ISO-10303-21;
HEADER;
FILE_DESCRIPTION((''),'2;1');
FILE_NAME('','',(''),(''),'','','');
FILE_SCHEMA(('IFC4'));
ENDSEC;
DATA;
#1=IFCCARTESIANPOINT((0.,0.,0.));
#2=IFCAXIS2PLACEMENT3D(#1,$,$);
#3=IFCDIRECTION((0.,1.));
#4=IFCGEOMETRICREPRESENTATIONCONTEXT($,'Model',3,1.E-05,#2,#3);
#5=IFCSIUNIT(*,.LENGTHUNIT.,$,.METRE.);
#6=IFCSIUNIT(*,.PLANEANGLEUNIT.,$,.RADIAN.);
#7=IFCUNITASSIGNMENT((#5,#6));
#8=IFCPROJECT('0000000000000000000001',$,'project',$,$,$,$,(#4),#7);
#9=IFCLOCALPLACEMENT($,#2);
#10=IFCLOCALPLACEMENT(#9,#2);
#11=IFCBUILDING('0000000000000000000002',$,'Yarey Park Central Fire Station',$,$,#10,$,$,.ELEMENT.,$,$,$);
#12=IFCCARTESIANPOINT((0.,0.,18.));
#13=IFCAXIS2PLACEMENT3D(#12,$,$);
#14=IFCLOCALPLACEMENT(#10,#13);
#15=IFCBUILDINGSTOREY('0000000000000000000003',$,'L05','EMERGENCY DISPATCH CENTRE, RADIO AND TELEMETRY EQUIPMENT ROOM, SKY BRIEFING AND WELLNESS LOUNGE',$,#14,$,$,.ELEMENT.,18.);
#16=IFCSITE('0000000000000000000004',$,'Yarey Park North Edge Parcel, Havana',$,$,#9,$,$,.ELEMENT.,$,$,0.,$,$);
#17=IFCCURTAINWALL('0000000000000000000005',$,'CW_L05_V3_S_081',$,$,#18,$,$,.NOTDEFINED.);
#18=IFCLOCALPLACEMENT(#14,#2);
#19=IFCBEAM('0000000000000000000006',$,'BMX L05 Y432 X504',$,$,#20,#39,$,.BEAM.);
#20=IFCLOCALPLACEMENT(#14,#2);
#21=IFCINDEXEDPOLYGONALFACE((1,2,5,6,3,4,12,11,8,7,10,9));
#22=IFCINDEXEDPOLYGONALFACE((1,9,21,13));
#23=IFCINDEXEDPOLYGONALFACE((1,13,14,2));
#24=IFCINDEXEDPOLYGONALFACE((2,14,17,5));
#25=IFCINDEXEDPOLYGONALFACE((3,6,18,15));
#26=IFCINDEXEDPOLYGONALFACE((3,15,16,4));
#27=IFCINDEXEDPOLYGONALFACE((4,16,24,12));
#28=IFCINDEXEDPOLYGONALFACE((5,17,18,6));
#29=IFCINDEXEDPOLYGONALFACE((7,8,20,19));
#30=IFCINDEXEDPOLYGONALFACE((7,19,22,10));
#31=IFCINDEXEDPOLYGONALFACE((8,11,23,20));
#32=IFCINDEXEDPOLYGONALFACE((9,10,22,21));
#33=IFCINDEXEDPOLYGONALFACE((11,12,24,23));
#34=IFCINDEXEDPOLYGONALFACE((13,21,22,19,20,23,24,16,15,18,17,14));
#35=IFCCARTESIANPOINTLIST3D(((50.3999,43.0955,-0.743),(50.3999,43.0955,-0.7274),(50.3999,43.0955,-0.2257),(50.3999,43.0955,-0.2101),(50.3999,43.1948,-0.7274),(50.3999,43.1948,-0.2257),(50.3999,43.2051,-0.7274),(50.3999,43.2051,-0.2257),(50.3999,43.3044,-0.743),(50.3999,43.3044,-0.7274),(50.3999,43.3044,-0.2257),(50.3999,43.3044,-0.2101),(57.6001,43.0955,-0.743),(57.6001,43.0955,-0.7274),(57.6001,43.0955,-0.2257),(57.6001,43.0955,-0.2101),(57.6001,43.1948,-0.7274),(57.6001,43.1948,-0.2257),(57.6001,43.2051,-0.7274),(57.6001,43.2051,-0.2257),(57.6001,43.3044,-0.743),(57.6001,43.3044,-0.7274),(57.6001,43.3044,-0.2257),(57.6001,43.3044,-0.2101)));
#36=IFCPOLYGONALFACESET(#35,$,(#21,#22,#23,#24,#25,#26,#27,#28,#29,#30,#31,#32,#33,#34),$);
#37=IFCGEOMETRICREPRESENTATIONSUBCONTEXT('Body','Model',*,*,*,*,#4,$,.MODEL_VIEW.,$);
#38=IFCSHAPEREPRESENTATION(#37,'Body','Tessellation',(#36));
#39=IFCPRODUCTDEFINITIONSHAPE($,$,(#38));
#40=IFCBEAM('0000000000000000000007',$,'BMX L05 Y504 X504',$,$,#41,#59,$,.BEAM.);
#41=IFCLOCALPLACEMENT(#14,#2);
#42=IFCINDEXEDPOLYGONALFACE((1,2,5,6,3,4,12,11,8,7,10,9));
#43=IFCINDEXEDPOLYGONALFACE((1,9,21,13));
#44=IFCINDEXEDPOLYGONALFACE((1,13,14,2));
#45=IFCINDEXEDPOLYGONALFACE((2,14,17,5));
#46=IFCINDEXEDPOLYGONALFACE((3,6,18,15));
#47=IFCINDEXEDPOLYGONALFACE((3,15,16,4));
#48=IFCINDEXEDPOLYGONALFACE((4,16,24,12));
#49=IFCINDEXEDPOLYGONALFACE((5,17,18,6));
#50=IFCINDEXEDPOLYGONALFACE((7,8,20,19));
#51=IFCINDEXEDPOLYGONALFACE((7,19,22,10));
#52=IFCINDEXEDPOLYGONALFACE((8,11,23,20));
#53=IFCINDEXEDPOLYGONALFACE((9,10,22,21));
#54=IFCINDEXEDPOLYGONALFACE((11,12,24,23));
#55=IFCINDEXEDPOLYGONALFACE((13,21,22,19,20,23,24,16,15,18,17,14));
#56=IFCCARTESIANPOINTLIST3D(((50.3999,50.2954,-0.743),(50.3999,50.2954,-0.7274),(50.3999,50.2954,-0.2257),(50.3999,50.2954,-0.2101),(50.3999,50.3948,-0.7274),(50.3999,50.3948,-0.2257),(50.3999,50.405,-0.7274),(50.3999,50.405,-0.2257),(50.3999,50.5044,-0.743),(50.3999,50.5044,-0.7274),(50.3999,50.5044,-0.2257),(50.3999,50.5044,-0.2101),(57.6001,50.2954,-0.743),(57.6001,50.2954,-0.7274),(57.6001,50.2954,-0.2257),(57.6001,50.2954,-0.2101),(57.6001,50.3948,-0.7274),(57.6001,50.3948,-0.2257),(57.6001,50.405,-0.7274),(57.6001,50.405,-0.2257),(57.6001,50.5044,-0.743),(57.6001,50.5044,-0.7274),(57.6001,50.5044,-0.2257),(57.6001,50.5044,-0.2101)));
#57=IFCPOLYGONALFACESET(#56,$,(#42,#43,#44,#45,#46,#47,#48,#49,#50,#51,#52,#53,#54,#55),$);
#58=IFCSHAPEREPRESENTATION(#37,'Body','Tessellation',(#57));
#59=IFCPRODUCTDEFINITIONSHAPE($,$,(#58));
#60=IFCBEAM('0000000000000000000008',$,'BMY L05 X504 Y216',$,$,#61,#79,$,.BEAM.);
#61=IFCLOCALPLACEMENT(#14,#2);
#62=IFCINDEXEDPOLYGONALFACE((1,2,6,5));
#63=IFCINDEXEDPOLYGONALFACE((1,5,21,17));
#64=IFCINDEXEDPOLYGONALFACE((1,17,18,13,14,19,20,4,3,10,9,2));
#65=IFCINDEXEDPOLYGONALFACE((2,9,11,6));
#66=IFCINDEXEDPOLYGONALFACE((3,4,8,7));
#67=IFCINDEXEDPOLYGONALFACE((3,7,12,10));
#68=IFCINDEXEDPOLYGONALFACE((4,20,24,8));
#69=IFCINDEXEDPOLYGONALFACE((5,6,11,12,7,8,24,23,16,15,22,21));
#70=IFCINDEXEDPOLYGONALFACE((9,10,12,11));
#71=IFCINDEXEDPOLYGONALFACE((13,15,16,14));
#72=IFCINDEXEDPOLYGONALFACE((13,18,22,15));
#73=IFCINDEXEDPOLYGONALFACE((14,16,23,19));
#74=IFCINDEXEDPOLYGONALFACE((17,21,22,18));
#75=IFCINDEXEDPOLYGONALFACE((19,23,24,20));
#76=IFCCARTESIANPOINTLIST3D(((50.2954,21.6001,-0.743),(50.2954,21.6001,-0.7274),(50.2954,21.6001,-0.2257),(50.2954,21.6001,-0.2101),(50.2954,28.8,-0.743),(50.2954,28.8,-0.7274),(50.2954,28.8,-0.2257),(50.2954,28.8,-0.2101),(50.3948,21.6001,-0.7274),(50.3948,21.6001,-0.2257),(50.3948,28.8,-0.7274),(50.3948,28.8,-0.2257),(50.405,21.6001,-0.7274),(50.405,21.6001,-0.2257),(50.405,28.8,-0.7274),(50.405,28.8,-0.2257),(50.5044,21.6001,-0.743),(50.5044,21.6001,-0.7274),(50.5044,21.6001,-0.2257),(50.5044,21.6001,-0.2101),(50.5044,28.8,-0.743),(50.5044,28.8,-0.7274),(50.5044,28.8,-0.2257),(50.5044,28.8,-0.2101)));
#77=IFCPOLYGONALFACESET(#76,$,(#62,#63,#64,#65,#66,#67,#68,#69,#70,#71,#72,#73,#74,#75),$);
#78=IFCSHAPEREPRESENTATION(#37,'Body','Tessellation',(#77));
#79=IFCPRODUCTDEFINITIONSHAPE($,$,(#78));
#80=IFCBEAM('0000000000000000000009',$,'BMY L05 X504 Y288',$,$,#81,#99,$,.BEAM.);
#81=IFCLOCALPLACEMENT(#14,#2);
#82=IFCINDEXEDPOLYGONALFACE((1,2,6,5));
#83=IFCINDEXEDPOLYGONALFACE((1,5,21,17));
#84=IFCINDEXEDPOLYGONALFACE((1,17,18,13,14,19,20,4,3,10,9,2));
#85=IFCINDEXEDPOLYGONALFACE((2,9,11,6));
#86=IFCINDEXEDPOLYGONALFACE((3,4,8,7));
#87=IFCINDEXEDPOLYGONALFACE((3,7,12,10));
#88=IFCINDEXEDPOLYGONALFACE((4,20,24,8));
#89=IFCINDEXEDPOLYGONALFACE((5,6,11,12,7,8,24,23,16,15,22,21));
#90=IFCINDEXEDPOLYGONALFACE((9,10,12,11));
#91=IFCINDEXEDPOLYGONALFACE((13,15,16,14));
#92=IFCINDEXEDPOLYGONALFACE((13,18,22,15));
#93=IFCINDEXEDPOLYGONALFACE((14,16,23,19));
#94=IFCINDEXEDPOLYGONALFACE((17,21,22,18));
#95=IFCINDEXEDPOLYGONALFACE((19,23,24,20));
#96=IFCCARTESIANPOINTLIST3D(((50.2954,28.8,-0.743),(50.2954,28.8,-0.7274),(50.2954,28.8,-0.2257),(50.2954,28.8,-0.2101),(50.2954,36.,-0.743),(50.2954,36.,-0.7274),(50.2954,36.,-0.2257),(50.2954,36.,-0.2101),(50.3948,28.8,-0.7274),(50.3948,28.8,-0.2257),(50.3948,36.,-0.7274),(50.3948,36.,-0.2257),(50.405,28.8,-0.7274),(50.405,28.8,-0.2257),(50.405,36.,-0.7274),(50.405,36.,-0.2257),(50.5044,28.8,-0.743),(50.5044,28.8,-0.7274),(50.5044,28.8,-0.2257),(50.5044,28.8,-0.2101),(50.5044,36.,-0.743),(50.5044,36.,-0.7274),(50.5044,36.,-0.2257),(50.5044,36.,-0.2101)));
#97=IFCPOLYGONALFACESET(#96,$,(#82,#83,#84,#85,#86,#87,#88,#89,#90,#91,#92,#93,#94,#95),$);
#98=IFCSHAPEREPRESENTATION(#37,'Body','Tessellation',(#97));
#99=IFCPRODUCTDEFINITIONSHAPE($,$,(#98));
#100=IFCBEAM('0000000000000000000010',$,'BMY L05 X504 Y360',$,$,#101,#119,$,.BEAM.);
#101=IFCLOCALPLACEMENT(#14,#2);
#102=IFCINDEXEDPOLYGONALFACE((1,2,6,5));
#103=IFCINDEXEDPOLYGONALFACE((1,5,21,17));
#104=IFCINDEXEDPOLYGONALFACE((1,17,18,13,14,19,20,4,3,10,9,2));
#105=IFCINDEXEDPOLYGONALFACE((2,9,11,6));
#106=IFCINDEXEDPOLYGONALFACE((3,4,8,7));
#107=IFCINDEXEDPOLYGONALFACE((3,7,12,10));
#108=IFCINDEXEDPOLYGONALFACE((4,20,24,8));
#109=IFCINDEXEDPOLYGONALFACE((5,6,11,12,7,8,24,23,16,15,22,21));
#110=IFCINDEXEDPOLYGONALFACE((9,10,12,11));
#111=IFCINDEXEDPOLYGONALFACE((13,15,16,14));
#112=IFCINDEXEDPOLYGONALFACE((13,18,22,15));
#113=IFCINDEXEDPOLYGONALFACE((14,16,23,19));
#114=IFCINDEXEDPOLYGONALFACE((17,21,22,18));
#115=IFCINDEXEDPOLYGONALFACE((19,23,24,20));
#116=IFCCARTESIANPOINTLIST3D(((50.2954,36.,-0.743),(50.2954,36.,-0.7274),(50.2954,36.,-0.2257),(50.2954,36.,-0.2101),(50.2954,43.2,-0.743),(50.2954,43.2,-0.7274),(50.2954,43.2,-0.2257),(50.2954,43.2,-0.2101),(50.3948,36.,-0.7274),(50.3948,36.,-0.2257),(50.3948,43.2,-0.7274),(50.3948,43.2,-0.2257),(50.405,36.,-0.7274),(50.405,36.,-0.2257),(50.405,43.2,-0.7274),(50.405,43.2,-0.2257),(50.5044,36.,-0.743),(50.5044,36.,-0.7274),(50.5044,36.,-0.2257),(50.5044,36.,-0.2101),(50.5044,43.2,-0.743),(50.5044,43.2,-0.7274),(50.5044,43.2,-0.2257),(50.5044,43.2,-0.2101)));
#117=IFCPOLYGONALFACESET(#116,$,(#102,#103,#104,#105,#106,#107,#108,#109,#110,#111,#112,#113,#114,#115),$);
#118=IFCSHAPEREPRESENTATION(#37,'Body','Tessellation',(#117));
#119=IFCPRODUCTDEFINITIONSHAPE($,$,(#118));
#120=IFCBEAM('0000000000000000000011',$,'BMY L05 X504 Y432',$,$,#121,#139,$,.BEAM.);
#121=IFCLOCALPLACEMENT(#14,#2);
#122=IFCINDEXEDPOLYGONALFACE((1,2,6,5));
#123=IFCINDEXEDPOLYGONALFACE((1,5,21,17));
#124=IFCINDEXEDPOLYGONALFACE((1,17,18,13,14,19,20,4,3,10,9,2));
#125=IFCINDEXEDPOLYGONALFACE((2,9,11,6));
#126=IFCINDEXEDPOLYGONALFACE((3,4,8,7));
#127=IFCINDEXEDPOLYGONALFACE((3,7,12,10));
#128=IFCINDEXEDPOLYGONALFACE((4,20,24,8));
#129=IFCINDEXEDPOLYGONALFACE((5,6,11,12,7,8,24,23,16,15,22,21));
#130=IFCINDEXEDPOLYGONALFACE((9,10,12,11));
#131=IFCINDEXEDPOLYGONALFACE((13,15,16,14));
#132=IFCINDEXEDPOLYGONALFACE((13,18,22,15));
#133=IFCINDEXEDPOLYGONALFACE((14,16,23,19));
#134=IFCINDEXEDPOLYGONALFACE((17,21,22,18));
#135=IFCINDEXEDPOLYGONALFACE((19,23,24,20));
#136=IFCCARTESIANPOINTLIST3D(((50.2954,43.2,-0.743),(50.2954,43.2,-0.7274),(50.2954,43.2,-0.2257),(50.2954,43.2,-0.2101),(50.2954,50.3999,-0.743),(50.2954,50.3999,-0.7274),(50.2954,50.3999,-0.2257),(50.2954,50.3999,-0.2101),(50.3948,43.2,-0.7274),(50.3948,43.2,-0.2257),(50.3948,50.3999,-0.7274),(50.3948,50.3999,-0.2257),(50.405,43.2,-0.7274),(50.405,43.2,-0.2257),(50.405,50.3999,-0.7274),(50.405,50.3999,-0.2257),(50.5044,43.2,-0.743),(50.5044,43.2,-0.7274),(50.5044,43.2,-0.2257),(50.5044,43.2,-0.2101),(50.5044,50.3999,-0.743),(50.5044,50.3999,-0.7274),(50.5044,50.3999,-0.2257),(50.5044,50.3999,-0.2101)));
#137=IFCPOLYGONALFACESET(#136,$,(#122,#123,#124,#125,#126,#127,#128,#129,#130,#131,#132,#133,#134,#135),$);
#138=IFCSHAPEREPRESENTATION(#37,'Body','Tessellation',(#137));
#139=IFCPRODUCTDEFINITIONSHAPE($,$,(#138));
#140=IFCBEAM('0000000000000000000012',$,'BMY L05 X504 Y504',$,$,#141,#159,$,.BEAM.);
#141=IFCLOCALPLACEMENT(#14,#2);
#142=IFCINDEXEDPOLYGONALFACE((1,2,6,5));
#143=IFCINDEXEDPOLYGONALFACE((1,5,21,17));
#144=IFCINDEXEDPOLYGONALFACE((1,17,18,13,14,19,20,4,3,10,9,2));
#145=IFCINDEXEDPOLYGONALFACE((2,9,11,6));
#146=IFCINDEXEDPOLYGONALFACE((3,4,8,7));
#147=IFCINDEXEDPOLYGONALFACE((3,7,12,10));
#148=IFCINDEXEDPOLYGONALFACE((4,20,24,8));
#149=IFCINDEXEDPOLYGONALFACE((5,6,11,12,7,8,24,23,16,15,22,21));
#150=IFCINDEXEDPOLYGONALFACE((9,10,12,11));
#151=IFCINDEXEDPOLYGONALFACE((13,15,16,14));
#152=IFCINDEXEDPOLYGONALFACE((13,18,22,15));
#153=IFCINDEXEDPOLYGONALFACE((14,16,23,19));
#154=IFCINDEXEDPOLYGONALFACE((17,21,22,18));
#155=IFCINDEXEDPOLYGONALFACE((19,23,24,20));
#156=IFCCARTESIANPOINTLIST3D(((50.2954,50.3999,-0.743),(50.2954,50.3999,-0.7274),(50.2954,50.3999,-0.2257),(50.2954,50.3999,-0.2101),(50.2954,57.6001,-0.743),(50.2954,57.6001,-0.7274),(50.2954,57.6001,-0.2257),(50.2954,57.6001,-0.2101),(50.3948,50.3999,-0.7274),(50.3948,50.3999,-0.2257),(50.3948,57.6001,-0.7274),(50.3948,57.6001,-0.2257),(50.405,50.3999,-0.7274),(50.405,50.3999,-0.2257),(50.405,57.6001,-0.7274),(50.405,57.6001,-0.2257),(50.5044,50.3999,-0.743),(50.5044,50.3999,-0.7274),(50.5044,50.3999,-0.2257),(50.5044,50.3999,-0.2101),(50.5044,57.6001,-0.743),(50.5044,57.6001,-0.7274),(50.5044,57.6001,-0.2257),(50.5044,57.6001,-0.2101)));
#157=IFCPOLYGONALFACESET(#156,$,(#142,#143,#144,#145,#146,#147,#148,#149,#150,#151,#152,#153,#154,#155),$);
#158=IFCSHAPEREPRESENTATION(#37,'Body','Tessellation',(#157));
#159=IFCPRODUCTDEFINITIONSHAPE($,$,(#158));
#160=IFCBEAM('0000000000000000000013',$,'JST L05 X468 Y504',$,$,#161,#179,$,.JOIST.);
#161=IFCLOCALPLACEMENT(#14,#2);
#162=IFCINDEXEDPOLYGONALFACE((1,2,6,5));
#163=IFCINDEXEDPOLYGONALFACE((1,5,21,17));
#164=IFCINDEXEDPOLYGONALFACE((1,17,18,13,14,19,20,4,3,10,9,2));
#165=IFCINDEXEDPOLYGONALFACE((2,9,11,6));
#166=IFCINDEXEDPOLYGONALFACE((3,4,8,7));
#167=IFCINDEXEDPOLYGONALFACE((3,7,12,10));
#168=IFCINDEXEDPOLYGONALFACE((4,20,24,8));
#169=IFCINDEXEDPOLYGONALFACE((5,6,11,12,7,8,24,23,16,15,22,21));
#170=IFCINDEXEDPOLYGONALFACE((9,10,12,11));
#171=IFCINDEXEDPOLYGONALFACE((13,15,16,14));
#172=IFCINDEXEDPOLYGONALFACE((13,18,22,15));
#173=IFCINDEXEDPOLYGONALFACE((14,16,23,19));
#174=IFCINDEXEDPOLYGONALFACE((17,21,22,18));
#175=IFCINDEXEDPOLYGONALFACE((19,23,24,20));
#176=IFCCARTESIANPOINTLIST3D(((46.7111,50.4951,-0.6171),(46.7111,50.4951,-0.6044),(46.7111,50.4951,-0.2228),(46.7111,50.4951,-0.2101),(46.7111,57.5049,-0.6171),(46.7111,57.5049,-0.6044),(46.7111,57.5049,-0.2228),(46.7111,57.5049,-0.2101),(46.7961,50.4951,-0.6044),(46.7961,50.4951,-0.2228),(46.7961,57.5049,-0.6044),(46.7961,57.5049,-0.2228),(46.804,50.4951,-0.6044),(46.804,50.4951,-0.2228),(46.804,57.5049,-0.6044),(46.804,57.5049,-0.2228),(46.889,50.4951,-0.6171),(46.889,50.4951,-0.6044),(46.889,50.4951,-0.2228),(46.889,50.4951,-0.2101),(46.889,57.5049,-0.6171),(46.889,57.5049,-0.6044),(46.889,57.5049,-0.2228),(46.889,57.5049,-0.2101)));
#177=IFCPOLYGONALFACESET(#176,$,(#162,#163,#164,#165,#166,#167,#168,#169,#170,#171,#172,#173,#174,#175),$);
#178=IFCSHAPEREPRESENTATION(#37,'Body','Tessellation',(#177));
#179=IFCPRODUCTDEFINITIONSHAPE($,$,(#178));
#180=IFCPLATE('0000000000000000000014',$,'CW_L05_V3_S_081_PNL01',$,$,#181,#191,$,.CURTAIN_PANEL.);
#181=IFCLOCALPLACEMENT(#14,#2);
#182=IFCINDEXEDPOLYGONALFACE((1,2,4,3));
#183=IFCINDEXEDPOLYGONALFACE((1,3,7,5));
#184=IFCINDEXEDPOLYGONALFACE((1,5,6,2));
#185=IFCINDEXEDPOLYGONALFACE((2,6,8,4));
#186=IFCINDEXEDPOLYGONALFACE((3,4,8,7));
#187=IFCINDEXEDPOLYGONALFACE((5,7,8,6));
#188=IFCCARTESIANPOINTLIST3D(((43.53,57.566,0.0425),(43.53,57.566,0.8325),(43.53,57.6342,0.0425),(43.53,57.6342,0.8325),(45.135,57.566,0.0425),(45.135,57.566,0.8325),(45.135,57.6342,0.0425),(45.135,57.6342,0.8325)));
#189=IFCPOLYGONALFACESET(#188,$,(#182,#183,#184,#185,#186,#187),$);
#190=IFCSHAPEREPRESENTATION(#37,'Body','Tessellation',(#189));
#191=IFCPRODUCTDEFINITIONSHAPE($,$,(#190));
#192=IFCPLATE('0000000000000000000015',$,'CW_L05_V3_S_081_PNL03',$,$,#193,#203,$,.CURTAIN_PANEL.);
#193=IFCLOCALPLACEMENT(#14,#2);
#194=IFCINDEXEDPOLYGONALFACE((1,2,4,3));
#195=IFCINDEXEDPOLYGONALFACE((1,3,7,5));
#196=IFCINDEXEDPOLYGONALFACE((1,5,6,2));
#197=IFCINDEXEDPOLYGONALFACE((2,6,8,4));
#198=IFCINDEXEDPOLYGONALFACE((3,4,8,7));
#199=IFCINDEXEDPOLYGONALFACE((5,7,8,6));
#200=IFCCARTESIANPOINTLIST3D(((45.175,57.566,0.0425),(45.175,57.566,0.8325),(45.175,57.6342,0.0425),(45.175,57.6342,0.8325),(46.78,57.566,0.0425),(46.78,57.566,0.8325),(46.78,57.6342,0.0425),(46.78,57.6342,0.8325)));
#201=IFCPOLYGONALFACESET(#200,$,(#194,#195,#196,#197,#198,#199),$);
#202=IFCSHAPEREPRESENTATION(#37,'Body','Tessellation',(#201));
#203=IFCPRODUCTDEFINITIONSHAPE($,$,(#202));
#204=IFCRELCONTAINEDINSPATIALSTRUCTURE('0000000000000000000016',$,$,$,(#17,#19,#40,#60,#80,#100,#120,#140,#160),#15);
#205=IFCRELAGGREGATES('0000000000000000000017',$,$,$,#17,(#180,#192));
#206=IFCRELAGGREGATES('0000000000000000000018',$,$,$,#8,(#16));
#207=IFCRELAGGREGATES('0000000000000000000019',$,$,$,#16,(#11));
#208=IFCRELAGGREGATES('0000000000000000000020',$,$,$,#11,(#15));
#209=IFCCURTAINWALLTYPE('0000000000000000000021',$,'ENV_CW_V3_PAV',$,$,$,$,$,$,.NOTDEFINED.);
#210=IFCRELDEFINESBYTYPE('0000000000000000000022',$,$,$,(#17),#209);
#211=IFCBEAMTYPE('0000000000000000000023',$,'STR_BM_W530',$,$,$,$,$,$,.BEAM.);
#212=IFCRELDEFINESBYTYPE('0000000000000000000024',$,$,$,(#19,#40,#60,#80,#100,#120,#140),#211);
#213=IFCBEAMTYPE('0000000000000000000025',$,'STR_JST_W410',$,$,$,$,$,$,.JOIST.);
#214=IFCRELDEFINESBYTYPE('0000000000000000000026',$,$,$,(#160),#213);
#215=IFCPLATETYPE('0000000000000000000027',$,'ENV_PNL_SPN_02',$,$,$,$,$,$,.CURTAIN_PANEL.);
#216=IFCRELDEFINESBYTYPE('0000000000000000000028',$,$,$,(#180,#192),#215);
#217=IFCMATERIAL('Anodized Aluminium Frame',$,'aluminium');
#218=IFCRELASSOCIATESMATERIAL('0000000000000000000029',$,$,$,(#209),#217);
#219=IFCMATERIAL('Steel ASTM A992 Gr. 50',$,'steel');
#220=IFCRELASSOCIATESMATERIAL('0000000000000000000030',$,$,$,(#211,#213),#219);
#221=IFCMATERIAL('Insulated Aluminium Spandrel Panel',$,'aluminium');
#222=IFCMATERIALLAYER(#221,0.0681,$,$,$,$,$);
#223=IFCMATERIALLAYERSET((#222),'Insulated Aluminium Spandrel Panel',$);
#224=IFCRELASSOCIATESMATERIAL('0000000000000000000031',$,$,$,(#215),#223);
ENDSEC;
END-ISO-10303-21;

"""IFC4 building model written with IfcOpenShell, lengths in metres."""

from ifc_helpers import new_model, si_unit, direction, frame, origin, origin_2d, place, context, subcontext, project, spatial, rectangle, i_section, extrude, material, layer, layer_set, material_profile, profile_set, type_object, element, aggregate, save


model = new_model("IFC4")

# Units and contexts
model_context = context("Model", 3, precision=1e-05, world=origin(), true_north=direction((0.0, 1.0)))
body_context = subcontext(model_context, "Body", "Model", "MODEL_VIEW")
ifc_project = project(units=[si_unit("LENGTHUNIT", "METRE"), si_unit("PLANEANGLEUNIT", "RADIAN")], contexts=[model_context])

# Site, building, storey
site_placement = place(None, origin())
site = spatial("IfcSite", under=ifc_project, at=site_placement, Name="Yarey Park North Edge Parcel, Havana", CompositionType="ELEMENT", RefElevation=0.0)
building_placement = place(site_placement, origin())
building = spatial("IfcBuilding", under=site, at=building_placement, Name="Yarey Park Central Fire Station", CompositionType="ELEMENT")
storey_placement = place(building_placement, frame((0.0, 0.0, 18.0)))
storey = spatial("IfcBuildingStorey", under=building, at=storey_placement, Name="L05", Description="EMERGENCY DISPATCH CENTRE, RADIO AND TELEMETRY EQUIPMENT ROOM, SKY BRIEFING AND WELLNESS LOUNGE", CompositionType="ELEMENT", Elevation=18.0)

# Curtain wall
ifc_material_1 = material(Name="Anodized Aluminium Frame", Category="aluminium")
curtain_wall_type = type_object("IfcCurtainWallType", Name="ENV_CW_V3_PAV", PredefinedType="NOTDEFINED", material=ifc_material_1)
curtain_wall_placement = place(storey_placement, origin())
curtain_wall = element("IfcCurtainWall", 1, at=curtain_wall_placement, inside=storey, type_object=curtain_wall_type, Name="CW_L05_V3_S_081", PredefinedType="NOTDEFINED")

# Beams
ifc_material_2 = material(Name="Steel ASTM A992 Gr. 50", Category="steel")
ifc_material_profile_1 = material_profile(ifc_material_2, i_section(OverallWidth=0.209, OverallDepth=0.533, WebThickness=0.0103, FlangeThickness=0.0156, at=origin_2d()), Name="W530x92")
ifc_profile_set_1 = profile_set([ifc_material_profile_1], Name="Steel ASTM A992 Gr. 50")
beam_type_1 = type_object("IfcBeamType", Name="STR_BM_W530", PredefinedType="BEAM", material=ifc_profile_set_1)
for number, where, z_axis, x_axis, name in (
    (2, (50.3999, 43.2, -0.4766), (1.0, 0.0, 0.0), (0.0, 1.0, 0.0), "BMX L05 Y432 X504"),
    (3, (50.3999, 50.3999, -0.4766), (1.0, 0.0, 0.0), (0.0, 1.0, 0.0), "BMX L05 Y504 X504"),
):
    element("IfcBeam", number, at=place(storey_placement, frame(where, z_axis=z_axis, x_axis=x_axis)), inside=storey, type_object=beam_type_1, Name=name, PredefinedType="BEAM", context=body_context, shape_type="SweptSolid", body=[
        extrude(i_section(OverallWidth=0.209, OverallDepth=0.533, WebThickness=0.0103, FlangeThickness=0.0156, at=origin_2d()), origin(), (0.0, 0.0, 1.0), 7.2002),
    ])
for number, where, z_axis, x_axis, name in (
    (4, (50.3999, 21.6001, -0.4766), (0.0, 1.0, 0.0), (-1.0, 0.0, 0.0), "BMY L05 X504 Y216"),
    (5, (50.3999, 28.8, -0.4766), (0.0, 1.0, 0.0), (-1.0, 0.0, 0.0), "BMY L05 X504 Y288"),
    (6, (50.3999, 36.0, -0.4766), (0.0, 1.0, 0.0), (-1.0, 0.0, 0.0), "BMY L05 X504 Y360"),
    (7, (50.3999, 43.2, -0.4766), (0.0, 1.0, 0.0), (-1.0, 0.0, 0.0), "BMY L05 X504 Y432"),
):
    element("IfcBeam", number, at=place(storey_placement, frame(where, z_axis=z_axis, x_axis=x_axis)), inside=storey, type_object=beam_type_1, Name=name, PredefinedType="BEAM", context=body_context, shape_type="SweptSolid", body=[
        extrude(i_section(OverallWidth=0.209, OverallDepth=0.533, WebThickness=0.0103, FlangeThickness=0.0156, at=origin_2d()), origin(), (0.0, 0.0, 1.0), 7.2),
    ])
beam_1_placement = place(storey_placement, frame((50.3999, 50.3999, -0.4766), z_axis=(0.0, 1.0, 0.0), x_axis=(-1.0, 0.0, 0.0)))
element("IfcBeam", 8, at=beam_1_placement, inside=storey, type_object=beam_type_1, Name="BMY L05 X504 Y504", PredefinedType="BEAM", context=body_context, shape_type="SweptSolid", body=[
    extrude(i_section(OverallWidth=0.209, OverallDepth=0.533, WebThickness=0.0103, FlangeThickness=0.0156, at=origin_2d()), origin(), (0.0, 0.0, 1.0), 7.2002),
])
ifc_material_profile_2 = material_profile(ifc_material_2, i_section(OverallWidth=0.178, OverallDepth=0.407, WebThickness=0.0078, FlangeThickness=0.0127, at=origin_2d()), Name="W410x60")
ifc_profile_set_2 = profile_set([ifc_material_profile_2], Name="Steel ASTM A992 Gr. 50")
beam_type_2 = type_object("IfcBeamType", Name="STR_JST_W410", PredefinedType="JOIST", material=ifc_profile_set_2)
beam_2_placement = place(storey_placement, frame((46.8, 50.4951, -0.4136), z_axis=(0.0, 1.0, 0.0), x_axis=(-1.0, 0.0, 0.0)))
element("IfcBeam", 9, at=beam_2_placement, inside=storey, type_object=beam_type_2, Name="JST L05 X468 Y504", PredefinedType="JOIST", context=body_context, shape_type="SweptSolid", body=[
    extrude(i_section(OverallWidth=0.178, OverallDepth=0.407, WebThickness=0.0078, FlangeThickness=0.0127, at=origin_2d()), origin(), (0.0, 0.0, 1.0), 7.0098),
])

# Plates
ifc_material_3 = material(Name="Insulated Aluminium Spandrel Panel", Category="aluminium")
ifc_layer_1 = layer(ifc_material_3, 0.0681)
ifc_layer_set_1 = layer_set([ifc_layer_1], Name="Insulated Aluminium Spandrel Panel")
plate_type_1 = type_object("IfcPlateType", Name="ENV_PNL_SPN_02", PredefinedType="CURTAIN_PANEL", material=ifc_layer_set_1)
plate_1_placement = place(storey_placement, frame((44.3325, 57.6001, 0.0425), z_axis=(0.0, 0.0, 1.0), x_axis=(1.0, 0.0, 0.0)))
plate_1 = element("IfcPlate", 10, at=plate_1_placement, type_object=plate_type_1, Name="CW_L05_V3_S_081_PNL01", PredefinedType="CURTAIN_PANEL", context=body_context, shape_type="SweptSolid", body=[
    extrude(rectangle(XDim=1.605, YDim=0.0681, at=origin_2d()), origin(), (0.0, 0.0, 1.0), 0.79),
])
plate_2_placement = place(storey_placement, frame((45.9775, 57.6001, 0.0425), z_axis=(0.0, 0.0, 1.0), x_axis=(1.0, 0.0, 0.0)))
plate_2 = element("IfcPlate", 11, at=plate_2_placement, type_object=plate_type_1, Name="CW_L05_V3_S_081_PNL03", PredefinedType="CURTAIN_PANEL", context=body_context, shape_type="SweptSolid", body=[
    extrude(rectangle(XDim=1.605, YDim=0.0681, at=origin_2d()), origin(), (0.0, 0.0, 1.0), 0.79),
])
aggregate(curtain_wall, [plate_1, plate_2])

save(model, "model.ifc")
